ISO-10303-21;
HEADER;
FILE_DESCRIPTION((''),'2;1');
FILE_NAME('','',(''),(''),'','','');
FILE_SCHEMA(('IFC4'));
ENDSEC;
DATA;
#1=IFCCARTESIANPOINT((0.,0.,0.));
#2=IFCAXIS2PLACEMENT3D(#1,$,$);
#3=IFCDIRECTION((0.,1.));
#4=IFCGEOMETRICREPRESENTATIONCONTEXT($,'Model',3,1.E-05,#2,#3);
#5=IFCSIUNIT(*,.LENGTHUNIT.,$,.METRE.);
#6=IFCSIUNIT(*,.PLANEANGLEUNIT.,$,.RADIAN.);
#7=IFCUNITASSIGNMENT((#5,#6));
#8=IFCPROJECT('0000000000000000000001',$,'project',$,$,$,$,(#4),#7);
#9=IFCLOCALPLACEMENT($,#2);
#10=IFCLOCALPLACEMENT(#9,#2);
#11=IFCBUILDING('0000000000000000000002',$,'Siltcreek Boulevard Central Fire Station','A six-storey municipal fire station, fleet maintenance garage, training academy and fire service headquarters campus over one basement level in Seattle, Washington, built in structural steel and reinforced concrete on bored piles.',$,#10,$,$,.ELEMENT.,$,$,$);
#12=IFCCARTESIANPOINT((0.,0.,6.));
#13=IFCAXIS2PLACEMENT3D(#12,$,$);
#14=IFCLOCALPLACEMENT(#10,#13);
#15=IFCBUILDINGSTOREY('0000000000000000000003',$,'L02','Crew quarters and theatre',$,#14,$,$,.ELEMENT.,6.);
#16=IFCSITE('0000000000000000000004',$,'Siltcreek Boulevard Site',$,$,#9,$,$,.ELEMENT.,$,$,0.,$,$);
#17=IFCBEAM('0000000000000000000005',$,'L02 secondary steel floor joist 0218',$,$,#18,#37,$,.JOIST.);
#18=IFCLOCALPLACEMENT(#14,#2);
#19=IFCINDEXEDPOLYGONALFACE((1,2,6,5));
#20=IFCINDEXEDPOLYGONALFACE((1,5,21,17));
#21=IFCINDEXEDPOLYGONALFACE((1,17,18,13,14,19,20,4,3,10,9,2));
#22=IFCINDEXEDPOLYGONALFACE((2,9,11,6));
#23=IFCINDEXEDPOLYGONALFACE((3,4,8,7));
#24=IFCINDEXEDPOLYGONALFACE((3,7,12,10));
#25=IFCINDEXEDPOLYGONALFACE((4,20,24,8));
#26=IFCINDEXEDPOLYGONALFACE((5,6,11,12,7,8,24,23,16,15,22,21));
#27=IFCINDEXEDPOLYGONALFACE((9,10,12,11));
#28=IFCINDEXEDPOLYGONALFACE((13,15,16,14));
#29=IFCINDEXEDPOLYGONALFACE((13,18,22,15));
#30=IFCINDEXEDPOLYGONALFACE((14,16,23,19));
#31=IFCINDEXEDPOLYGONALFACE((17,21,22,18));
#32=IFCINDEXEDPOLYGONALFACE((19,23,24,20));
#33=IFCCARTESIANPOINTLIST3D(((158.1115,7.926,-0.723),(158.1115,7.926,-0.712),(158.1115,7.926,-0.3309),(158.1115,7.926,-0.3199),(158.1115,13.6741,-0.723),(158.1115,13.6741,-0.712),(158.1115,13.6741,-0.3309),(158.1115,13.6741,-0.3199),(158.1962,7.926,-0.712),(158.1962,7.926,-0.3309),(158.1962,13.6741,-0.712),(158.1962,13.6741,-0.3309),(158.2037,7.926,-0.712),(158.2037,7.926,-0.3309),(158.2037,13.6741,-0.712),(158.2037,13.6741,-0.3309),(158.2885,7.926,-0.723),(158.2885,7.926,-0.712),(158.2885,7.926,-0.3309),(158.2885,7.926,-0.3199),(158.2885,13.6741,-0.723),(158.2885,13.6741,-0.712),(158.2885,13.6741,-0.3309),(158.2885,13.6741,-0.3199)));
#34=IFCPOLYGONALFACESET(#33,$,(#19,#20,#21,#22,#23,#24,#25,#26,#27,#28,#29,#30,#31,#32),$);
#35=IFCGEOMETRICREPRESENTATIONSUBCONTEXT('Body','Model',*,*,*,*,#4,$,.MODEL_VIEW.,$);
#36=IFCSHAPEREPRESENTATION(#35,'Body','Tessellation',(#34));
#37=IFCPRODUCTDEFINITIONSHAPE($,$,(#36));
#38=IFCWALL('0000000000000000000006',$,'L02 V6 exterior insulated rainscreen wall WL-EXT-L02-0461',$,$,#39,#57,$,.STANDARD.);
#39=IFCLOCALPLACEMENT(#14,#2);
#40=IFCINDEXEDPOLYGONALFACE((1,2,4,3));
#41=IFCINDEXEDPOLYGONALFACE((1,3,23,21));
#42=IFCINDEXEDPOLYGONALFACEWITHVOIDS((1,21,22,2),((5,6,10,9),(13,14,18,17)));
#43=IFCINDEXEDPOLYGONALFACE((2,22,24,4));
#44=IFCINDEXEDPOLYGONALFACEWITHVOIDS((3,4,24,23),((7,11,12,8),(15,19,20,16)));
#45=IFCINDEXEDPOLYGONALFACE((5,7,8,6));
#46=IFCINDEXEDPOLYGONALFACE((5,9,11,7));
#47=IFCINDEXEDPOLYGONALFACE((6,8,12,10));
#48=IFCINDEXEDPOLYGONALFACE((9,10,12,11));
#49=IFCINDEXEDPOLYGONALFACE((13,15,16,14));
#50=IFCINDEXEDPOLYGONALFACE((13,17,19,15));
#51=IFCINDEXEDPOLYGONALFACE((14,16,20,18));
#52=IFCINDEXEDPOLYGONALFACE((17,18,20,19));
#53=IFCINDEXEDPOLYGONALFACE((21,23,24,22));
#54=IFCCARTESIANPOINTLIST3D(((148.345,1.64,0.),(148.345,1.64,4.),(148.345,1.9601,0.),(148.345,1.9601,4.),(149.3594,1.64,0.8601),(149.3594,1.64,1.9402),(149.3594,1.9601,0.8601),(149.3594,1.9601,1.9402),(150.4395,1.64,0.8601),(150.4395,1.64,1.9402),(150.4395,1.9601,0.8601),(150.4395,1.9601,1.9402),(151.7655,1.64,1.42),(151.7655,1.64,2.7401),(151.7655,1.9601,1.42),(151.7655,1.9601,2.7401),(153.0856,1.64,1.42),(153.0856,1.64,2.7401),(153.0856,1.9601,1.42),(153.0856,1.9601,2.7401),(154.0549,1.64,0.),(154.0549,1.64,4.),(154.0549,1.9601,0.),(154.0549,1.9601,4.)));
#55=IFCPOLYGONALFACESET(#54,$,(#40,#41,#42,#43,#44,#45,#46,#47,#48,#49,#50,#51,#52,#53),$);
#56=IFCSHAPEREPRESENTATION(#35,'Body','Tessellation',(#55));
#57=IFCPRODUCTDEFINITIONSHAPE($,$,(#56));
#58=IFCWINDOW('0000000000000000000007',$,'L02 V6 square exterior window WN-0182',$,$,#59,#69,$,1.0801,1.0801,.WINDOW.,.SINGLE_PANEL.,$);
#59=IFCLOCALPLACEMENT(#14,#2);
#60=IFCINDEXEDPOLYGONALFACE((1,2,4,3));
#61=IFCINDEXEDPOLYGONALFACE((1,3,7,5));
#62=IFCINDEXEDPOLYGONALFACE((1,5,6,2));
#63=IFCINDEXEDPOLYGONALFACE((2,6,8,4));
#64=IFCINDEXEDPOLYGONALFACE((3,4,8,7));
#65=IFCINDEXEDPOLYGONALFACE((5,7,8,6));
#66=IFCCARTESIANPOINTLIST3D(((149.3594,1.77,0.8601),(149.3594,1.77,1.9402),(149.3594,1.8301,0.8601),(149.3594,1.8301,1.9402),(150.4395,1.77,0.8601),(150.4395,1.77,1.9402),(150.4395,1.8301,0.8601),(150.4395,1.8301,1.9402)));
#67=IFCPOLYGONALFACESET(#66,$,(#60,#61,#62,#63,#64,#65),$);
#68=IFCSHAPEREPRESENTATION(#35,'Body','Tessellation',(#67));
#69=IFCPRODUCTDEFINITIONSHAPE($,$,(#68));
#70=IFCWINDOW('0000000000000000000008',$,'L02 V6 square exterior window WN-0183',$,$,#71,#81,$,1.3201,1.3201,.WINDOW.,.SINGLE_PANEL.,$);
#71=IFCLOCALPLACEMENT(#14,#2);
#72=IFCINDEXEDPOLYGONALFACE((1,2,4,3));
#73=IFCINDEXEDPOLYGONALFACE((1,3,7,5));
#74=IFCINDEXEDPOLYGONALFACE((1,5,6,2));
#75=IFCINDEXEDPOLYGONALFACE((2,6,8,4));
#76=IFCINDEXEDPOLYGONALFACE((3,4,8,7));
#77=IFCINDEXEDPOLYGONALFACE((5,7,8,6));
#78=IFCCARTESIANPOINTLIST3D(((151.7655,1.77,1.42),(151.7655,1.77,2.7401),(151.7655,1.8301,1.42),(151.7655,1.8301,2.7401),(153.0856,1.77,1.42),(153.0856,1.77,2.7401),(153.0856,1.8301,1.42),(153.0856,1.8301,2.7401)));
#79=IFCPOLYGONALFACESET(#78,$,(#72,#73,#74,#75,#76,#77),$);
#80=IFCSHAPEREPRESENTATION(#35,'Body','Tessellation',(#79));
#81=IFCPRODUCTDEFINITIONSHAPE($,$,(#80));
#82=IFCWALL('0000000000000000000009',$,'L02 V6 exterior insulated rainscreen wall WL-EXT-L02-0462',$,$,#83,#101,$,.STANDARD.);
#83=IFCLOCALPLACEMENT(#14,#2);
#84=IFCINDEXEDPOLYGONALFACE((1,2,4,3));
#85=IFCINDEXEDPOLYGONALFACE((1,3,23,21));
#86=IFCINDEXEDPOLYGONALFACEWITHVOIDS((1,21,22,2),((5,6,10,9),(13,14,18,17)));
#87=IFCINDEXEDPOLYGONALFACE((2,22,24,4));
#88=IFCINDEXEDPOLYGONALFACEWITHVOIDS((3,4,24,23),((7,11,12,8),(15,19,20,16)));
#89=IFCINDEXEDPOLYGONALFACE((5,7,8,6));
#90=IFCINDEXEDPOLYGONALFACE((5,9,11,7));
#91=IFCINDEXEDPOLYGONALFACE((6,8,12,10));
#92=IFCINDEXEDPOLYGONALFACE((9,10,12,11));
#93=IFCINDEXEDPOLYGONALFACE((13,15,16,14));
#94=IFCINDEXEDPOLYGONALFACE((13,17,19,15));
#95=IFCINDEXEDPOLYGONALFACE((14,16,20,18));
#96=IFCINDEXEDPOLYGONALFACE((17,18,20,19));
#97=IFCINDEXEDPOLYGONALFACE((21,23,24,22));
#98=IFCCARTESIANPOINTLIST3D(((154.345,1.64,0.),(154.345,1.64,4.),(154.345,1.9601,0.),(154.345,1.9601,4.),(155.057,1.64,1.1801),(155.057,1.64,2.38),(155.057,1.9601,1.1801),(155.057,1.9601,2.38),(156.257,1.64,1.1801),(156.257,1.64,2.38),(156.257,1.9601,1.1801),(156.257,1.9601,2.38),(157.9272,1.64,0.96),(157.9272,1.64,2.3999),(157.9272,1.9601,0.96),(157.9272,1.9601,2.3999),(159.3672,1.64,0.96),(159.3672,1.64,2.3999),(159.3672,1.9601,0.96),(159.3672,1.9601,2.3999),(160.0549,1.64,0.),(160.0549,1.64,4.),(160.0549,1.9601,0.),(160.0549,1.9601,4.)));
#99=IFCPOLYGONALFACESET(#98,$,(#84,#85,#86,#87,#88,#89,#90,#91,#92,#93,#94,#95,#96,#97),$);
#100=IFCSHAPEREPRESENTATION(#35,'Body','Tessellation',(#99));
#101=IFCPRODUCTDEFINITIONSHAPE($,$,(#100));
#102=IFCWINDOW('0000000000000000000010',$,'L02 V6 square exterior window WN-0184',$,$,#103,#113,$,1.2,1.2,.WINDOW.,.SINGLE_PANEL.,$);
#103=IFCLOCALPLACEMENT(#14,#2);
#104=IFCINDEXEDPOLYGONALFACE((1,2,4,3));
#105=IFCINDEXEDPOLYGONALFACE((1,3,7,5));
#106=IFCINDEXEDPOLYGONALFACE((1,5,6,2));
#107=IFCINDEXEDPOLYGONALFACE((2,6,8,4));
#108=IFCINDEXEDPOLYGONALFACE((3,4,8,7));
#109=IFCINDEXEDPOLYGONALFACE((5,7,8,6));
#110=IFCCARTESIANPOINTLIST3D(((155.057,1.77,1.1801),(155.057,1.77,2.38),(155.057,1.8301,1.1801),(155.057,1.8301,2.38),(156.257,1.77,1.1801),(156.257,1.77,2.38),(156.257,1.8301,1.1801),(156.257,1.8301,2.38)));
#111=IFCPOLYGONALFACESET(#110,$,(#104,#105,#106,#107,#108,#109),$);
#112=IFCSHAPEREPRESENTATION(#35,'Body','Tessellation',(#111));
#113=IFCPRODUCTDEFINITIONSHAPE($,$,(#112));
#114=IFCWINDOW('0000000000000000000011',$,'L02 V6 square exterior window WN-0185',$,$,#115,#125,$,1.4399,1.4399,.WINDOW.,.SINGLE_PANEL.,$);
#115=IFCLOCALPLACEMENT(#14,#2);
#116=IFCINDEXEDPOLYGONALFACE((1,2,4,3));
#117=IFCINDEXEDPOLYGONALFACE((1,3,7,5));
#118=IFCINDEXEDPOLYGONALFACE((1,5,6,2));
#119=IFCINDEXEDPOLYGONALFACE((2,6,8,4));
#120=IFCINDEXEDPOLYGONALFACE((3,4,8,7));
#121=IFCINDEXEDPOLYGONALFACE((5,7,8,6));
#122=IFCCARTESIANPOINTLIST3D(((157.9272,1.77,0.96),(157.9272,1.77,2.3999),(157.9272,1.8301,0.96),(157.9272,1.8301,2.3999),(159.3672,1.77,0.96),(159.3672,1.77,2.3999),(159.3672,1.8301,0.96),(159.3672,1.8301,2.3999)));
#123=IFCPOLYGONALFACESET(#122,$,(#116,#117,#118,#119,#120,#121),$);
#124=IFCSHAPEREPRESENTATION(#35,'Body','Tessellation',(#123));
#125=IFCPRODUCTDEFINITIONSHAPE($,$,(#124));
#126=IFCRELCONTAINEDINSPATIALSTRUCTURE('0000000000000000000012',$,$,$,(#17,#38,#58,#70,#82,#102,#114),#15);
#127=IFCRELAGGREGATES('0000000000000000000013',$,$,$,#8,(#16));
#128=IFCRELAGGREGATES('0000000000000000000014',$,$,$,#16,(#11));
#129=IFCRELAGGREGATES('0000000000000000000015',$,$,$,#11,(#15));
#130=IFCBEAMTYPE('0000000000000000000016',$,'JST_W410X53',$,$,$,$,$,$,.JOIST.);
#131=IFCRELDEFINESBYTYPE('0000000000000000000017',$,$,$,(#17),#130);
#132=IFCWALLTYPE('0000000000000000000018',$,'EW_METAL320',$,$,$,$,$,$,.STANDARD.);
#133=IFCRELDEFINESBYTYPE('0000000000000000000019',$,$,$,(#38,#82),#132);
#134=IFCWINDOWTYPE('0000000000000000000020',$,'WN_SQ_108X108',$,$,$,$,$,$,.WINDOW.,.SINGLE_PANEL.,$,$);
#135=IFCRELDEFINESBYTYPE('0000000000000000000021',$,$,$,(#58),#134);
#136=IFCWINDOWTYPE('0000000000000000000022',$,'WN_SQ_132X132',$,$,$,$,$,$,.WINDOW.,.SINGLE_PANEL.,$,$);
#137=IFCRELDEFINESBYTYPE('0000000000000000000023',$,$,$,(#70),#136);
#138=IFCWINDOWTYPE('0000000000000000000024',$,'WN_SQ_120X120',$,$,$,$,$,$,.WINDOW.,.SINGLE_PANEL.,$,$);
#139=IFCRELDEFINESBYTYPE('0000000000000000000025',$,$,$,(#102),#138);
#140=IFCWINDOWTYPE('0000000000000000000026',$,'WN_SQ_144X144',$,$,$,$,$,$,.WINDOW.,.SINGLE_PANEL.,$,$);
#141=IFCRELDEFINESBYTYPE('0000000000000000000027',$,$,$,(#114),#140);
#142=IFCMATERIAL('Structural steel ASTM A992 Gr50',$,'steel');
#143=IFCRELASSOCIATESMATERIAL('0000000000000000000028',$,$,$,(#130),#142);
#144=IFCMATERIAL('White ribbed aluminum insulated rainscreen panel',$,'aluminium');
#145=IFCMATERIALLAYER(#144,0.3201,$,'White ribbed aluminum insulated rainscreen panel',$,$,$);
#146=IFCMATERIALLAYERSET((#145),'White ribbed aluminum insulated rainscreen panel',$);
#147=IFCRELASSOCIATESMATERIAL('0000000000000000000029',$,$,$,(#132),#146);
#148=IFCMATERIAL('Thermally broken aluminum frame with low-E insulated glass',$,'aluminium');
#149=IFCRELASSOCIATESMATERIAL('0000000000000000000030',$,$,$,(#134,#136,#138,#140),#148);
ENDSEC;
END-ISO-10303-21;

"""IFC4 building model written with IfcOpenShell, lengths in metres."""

from ifc_helpers import new_model, si_unit, direction, frame, frame_2d, origin, origin_2d, place, context, subcontext, project, spatial, rectangle, i_section, extrude, material, layer, layer_set, material_profile, profile_set, type_object, element, fill, save


model = new_model("IFC4")

# Units and contexts
model_context = context("Model", 3, precision=1e-05, world=origin(), true_north=direction((0.0, 1.0)))
body_context = subcontext(model_context, "Body", "Model", "MODEL_VIEW")
ifc_project = project(units=[si_unit("LENGTHUNIT", "METRE"), si_unit("PLANEANGLEUNIT", "RADIAN")], contexts=[model_context])

# Site, building, storey
site_placement = place(None, origin())
site = spatial("IfcSite", under=ifc_project, at=site_placement, Name="Siltcreek Boulevard Site", CompositionType="ELEMENT", RefElevation=0.0)
building_placement = place(site_placement, origin())
building = spatial("IfcBuilding", under=site, at=building_placement, Name="Siltcreek Boulevard Central Fire Station", Description="A six-storey municipal fire station, fleet maintenance garage, training academy and fire service headquarters campus over one basement level in Seattle, Washington, built in structural steel and reinforced concrete on bored piles.", CompositionType="ELEMENT")
storey_placement = place(building_placement, frame((0.0, 0.0, 6.0)))
storey = spatial("IfcBuildingStorey", under=building, at=storey_placement, Name="L02", Description="Crew quarters and theatre", CompositionType="ELEMENT", Elevation=6.0)

# Shared definitions
ifc_material_1 = material(Name="Structural steel ASTM A992 Gr50", Category="steel")

# Beam
ifc_material_profile_1 = material_profile(ifc_material_1, i_section(OverallWidth=0.177, OverallDepth=0.4031, WebThickness=0.0076, FlangeThickness=0.011, at=origin_2d()), Name="W410X53")
ifc_profile_set_1 = profile_set([ifc_material_profile_1], Name="Structural steel ASTM A992 Gr50")
beam_type_1 = type_object("IfcBeamType", Name="JST_W410X53", PredefinedType="JOIST", material=ifc_profile_set_1)
beam_1_placement = place(storey_placement, frame((158.2, 7.926, -0.5215), z_axis=(0.0, 1.0, 0.0), x_axis=(-1.0, 0.0, 0.0)))
element("IfcBeam", 1, at=beam_1_placement, inside=storey, type_object=beam_type_1, Name="L02 secondary steel floor joist 0218", PredefinedType="JOIST", context=body_context, shape_type="SweptSolid", body=[
    extrude(i_section(OverallWidth=0.177, OverallDepth=0.4031, WebThickness=0.0076, FlangeThickness=0.011, at=origin_2d()), origin(), (0.0, 0.0, 1.0), 5.748),
])

# Walls, openings, windows
ifc_material_2 = material(Name="White ribbed aluminum insulated rainscreen panel", Category="aluminium")
ifc_layer = layer(ifc_material_2, 0.3201, Name="White ribbed aluminum insulated rainscreen panel")
ifc_layer_set = layer_set([ifc_layer], Name="White ribbed aluminum insulated rainscreen panel")
wall_type = type_object("IfcWallType", Name="EW_METAL320", PredefinedType="STANDARD", material=ifc_layer_set)
wall_1_placement = place(storey_placement, frame((148.345, 1.8, 0.0), z_axis=(0.0, 0.0, 1.0), x_axis=(1.0, 0.0, 0.0)))
wall_1 = element("IfcWall", 2, at=wall_1_placement, inside=storey, type_object=wall_type, Name="L02 V6 exterior insulated rainscreen wall WL-EXT-L02-0461", PredefinedType="STANDARD", context=body_context, shape_type="SweptSolid", body=[
    extrude(rectangle(XDim=5.71, YDim=0.3201, at=frame_2d((2.855, 0.0))), origin(), (0.0, 0.0, 1.0), 4.0),
])
opening_1_placement = place(wall_1_placement, frame((1.0144, 0.0, 0.8601)))
opening_1 = element("IfcOpeningElement", 3, at=opening_1_placement, cuts=wall_1, PredefinedType="OPENING", context=body_context, shape_type="SweptSolid", body=[
    extrude(rectangle(XDim=1.0801, YDim=1.0801, at=frame_2d((0.54, 0.54))), frame((0.0, 0.1699, 0.0), z_axis=(0.0, -1.0, 0.0), x_axis=(1.0, 0.0, 0.0)), (0.0, 0.0, 1.0), 0.3401),
])
opening_2_placement = place(wall_1_placement, frame((3.4204, 0.0, 1.4199)))
opening_2 = element("IfcOpeningElement", 4, at=opening_2_placement, cuts=wall_1, PredefinedType="OPENING", context=body_context, shape_type="SweptSolid", body=[
    extrude(rectangle(XDim=1.3201, YDim=1.3201, at=frame_2d((0.6602, 0.6602))), frame((0.0, 0.1699, 0.0), z_axis=(0.0, -1.0, 0.0), x_axis=(1.0, 0.0, 0.0)), (0.0, 0.0, 1.0), 0.3401),
])
ifc_material_3 = material(Name="Thermally broken aluminum frame with low-E insulated glass", Category="aluminium")
window_type_1 = type_object("IfcWindowType", Name="WN_SQ_108X108", PartitioningType="SINGLE_PANEL", PredefinedType="WINDOW", material=ifc_material_3)
window_1_placement = place(opening_1_placement, origin())
window_1 = element("IfcWindow", 5, at=window_1_placement, inside=storey, type_object=window_type_1, Name="L02 V6 square exterior window WN-0182", OverallHeight=1.0801, OverallWidth=1.0801, PartitioningType="SINGLE_PANEL", PredefinedType="WINDOW", context=body_context, shape_type="SweptSolid", body=[
    extrude(rectangle(XDim=1.0801, YDim=1.0801, at=frame_2d((0.54, 0.54))), frame((0.0, 0.03, 0.0), z_axis=(0.0, -1.0, 0.0), x_axis=(1.0, 0.0, 0.0)), (0.0, 0.0, 1.0), 0.0601),
])
fill(opening_1, window_1)
window_type_2 = type_object("IfcWindowType", Name="WN_SQ_132X132", PartitioningType="SINGLE_PANEL", PredefinedType="WINDOW", material=ifc_material_3)
window_2_placement = place(opening_2_placement, origin())
window_2 = element("IfcWindow", 6, at=window_2_placement, inside=storey, type_object=window_type_2, Name="L02 V6 square exterior window WN-0183", OverallHeight=1.3201, OverallWidth=1.3201, PartitioningType="SINGLE_PANEL", PredefinedType="WINDOW", context=body_context, shape_type="SweptSolid", body=[
    extrude(rectangle(XDim=1.3201, YDim=1.3201, at=frame_2d((0.6602, 0.6602))), frame((0.0, 0.03, 0.0), z_axis=(0.0, -1.0, 0.0), x_axis=(1.0, 0.0, 0.0)), (0.0, 0.0, 1.0), 0.0601),
])
fill(opening_2, window_2)
wall_2_placement = place(storey_placement, frame((154.345, 1.8, 0.0), z_axis=(0.0, 0.0, 1.0), x_axis=(1.0, 0.0, 0.0)))
wall_2 = element("IfcWall", 7, at=wall_2_placement, inside=storey, type_object=wall_type, Name="L02 V6 exterior insulated rainscreen wall WL-EXT-L02-0462", PredefinedType="STANDARD", context=body_context, shape_type="SweptSolid", body=[
    extrude(rectangle(XDim=5.71, YDim=0.3201, at=frame_2d((2.855, 0.0))), origin(), (0.0, 0.0, 1.0), 4.0),
])
opening_3_placement = place(wall_2_placement, frame((0.7119, 0.0, 1.1799)))
opening_3 = element("IfcOpeningElement", 8, at=opening_3_placement, cuts=wall_2, PredefinedType="OPENING", context=body_context, shape_type="SweptSolid", body=[
    extrude(rectangle(XDim=1.2, YDim=1.2, at=frame_2d((0.6001, 0.6001))), frame((0.0, 0.1699, 0.0), z_axis=(0.0, -1.0, 0.0), x_axis=(1.0, 0.0, 0.0)), (0.0, 0.0, 1.0), 0.3401),
])
opening_4_placement = place(wall_2_placement, frame((3.5823, 0.0, 0.96)))
opening_4 = element("IfcOpeningElement", 9, at=opening_4_placement, cuts=wall_2, PredefinedType="OPENING", context=body_context, shape_type="SweptSolid", body=[
    extrude(rectangle(XDim=1.4399, YDim=1.4399, at=frame_2d((0.72, 0.72))), frame((0.0, 0.1699, 0.0), z_axis=(0.0, -1.0, 0.0), x_axis=(1.0, 0.0, 0.0)), (0.0, 0.0, 1.0), 0.3401),
])
window_type_3 = type_object("IfcWindowType", Name="WN_SQ_120X120", PartitioningType="SINGLE_PANEL", PredefinedType="WINDOW", material=ifc_material_3)
window_3_placement = place(opening_3_placement, origin())
window_3 = element("IfcWindow", 10, at=window_3_placement, inside=storey, type_object=window_type_3, Name="L02 V6 square exterior window WN-0184", OverallHeight=1.2, OverallWidth=1.2, PartitioningType="SINGLE_PANEL", PredefinedType="WINDOW", context=body_context, shape_type="SweptSolid", body=[
    extrude(rectangle(XDim=1.2, YDim=1.2, at=frame_2d((0.6001, 0.6001))), frame((0.0, 0.03, 0.0), z_axis=(0.0, -1.0, 0.0), x_axis=(1.0, 0.0, 0.0)), (0.0, 0.0, 1.0), 0.0601),
])
fill(opening_3, window_3)
window_type_4 = type_object("IfcWindowType", Name="WN_SQ_144X144", PartitioningType="SINGLE_PANEL", PredefinedType="WINDOW", material=ifc_material_3)
window_4_placement = place(opening_4_placement, origin())
window_4 = element("IfcWindow", 11, at=window_4_placement, inside=storey, type_object=window_type_4, Name="L02 V6 square exterior window WN-0185", OverallHeight=1.4399, OverallWidth=1.4399, PartitioningType="SINGLE_PANEL", PredefinedType="WINDOW", context=body_context, shape_type="SweptSolid", body=[
    extrude(rectangle(XDim=1.4399, YDim=1.4399, at=frame_2d((0.72, 0.72))), frame((0.0, 0.03, 0.0), z_axis=(0.0, -1.0, 0.0), x_axis=(1.0, 0.0, 0.0)), (0.0, 0.0, 1.0), 0.0601),
])
fill(opening_4, window_4)

save(model, "model.ifc")
